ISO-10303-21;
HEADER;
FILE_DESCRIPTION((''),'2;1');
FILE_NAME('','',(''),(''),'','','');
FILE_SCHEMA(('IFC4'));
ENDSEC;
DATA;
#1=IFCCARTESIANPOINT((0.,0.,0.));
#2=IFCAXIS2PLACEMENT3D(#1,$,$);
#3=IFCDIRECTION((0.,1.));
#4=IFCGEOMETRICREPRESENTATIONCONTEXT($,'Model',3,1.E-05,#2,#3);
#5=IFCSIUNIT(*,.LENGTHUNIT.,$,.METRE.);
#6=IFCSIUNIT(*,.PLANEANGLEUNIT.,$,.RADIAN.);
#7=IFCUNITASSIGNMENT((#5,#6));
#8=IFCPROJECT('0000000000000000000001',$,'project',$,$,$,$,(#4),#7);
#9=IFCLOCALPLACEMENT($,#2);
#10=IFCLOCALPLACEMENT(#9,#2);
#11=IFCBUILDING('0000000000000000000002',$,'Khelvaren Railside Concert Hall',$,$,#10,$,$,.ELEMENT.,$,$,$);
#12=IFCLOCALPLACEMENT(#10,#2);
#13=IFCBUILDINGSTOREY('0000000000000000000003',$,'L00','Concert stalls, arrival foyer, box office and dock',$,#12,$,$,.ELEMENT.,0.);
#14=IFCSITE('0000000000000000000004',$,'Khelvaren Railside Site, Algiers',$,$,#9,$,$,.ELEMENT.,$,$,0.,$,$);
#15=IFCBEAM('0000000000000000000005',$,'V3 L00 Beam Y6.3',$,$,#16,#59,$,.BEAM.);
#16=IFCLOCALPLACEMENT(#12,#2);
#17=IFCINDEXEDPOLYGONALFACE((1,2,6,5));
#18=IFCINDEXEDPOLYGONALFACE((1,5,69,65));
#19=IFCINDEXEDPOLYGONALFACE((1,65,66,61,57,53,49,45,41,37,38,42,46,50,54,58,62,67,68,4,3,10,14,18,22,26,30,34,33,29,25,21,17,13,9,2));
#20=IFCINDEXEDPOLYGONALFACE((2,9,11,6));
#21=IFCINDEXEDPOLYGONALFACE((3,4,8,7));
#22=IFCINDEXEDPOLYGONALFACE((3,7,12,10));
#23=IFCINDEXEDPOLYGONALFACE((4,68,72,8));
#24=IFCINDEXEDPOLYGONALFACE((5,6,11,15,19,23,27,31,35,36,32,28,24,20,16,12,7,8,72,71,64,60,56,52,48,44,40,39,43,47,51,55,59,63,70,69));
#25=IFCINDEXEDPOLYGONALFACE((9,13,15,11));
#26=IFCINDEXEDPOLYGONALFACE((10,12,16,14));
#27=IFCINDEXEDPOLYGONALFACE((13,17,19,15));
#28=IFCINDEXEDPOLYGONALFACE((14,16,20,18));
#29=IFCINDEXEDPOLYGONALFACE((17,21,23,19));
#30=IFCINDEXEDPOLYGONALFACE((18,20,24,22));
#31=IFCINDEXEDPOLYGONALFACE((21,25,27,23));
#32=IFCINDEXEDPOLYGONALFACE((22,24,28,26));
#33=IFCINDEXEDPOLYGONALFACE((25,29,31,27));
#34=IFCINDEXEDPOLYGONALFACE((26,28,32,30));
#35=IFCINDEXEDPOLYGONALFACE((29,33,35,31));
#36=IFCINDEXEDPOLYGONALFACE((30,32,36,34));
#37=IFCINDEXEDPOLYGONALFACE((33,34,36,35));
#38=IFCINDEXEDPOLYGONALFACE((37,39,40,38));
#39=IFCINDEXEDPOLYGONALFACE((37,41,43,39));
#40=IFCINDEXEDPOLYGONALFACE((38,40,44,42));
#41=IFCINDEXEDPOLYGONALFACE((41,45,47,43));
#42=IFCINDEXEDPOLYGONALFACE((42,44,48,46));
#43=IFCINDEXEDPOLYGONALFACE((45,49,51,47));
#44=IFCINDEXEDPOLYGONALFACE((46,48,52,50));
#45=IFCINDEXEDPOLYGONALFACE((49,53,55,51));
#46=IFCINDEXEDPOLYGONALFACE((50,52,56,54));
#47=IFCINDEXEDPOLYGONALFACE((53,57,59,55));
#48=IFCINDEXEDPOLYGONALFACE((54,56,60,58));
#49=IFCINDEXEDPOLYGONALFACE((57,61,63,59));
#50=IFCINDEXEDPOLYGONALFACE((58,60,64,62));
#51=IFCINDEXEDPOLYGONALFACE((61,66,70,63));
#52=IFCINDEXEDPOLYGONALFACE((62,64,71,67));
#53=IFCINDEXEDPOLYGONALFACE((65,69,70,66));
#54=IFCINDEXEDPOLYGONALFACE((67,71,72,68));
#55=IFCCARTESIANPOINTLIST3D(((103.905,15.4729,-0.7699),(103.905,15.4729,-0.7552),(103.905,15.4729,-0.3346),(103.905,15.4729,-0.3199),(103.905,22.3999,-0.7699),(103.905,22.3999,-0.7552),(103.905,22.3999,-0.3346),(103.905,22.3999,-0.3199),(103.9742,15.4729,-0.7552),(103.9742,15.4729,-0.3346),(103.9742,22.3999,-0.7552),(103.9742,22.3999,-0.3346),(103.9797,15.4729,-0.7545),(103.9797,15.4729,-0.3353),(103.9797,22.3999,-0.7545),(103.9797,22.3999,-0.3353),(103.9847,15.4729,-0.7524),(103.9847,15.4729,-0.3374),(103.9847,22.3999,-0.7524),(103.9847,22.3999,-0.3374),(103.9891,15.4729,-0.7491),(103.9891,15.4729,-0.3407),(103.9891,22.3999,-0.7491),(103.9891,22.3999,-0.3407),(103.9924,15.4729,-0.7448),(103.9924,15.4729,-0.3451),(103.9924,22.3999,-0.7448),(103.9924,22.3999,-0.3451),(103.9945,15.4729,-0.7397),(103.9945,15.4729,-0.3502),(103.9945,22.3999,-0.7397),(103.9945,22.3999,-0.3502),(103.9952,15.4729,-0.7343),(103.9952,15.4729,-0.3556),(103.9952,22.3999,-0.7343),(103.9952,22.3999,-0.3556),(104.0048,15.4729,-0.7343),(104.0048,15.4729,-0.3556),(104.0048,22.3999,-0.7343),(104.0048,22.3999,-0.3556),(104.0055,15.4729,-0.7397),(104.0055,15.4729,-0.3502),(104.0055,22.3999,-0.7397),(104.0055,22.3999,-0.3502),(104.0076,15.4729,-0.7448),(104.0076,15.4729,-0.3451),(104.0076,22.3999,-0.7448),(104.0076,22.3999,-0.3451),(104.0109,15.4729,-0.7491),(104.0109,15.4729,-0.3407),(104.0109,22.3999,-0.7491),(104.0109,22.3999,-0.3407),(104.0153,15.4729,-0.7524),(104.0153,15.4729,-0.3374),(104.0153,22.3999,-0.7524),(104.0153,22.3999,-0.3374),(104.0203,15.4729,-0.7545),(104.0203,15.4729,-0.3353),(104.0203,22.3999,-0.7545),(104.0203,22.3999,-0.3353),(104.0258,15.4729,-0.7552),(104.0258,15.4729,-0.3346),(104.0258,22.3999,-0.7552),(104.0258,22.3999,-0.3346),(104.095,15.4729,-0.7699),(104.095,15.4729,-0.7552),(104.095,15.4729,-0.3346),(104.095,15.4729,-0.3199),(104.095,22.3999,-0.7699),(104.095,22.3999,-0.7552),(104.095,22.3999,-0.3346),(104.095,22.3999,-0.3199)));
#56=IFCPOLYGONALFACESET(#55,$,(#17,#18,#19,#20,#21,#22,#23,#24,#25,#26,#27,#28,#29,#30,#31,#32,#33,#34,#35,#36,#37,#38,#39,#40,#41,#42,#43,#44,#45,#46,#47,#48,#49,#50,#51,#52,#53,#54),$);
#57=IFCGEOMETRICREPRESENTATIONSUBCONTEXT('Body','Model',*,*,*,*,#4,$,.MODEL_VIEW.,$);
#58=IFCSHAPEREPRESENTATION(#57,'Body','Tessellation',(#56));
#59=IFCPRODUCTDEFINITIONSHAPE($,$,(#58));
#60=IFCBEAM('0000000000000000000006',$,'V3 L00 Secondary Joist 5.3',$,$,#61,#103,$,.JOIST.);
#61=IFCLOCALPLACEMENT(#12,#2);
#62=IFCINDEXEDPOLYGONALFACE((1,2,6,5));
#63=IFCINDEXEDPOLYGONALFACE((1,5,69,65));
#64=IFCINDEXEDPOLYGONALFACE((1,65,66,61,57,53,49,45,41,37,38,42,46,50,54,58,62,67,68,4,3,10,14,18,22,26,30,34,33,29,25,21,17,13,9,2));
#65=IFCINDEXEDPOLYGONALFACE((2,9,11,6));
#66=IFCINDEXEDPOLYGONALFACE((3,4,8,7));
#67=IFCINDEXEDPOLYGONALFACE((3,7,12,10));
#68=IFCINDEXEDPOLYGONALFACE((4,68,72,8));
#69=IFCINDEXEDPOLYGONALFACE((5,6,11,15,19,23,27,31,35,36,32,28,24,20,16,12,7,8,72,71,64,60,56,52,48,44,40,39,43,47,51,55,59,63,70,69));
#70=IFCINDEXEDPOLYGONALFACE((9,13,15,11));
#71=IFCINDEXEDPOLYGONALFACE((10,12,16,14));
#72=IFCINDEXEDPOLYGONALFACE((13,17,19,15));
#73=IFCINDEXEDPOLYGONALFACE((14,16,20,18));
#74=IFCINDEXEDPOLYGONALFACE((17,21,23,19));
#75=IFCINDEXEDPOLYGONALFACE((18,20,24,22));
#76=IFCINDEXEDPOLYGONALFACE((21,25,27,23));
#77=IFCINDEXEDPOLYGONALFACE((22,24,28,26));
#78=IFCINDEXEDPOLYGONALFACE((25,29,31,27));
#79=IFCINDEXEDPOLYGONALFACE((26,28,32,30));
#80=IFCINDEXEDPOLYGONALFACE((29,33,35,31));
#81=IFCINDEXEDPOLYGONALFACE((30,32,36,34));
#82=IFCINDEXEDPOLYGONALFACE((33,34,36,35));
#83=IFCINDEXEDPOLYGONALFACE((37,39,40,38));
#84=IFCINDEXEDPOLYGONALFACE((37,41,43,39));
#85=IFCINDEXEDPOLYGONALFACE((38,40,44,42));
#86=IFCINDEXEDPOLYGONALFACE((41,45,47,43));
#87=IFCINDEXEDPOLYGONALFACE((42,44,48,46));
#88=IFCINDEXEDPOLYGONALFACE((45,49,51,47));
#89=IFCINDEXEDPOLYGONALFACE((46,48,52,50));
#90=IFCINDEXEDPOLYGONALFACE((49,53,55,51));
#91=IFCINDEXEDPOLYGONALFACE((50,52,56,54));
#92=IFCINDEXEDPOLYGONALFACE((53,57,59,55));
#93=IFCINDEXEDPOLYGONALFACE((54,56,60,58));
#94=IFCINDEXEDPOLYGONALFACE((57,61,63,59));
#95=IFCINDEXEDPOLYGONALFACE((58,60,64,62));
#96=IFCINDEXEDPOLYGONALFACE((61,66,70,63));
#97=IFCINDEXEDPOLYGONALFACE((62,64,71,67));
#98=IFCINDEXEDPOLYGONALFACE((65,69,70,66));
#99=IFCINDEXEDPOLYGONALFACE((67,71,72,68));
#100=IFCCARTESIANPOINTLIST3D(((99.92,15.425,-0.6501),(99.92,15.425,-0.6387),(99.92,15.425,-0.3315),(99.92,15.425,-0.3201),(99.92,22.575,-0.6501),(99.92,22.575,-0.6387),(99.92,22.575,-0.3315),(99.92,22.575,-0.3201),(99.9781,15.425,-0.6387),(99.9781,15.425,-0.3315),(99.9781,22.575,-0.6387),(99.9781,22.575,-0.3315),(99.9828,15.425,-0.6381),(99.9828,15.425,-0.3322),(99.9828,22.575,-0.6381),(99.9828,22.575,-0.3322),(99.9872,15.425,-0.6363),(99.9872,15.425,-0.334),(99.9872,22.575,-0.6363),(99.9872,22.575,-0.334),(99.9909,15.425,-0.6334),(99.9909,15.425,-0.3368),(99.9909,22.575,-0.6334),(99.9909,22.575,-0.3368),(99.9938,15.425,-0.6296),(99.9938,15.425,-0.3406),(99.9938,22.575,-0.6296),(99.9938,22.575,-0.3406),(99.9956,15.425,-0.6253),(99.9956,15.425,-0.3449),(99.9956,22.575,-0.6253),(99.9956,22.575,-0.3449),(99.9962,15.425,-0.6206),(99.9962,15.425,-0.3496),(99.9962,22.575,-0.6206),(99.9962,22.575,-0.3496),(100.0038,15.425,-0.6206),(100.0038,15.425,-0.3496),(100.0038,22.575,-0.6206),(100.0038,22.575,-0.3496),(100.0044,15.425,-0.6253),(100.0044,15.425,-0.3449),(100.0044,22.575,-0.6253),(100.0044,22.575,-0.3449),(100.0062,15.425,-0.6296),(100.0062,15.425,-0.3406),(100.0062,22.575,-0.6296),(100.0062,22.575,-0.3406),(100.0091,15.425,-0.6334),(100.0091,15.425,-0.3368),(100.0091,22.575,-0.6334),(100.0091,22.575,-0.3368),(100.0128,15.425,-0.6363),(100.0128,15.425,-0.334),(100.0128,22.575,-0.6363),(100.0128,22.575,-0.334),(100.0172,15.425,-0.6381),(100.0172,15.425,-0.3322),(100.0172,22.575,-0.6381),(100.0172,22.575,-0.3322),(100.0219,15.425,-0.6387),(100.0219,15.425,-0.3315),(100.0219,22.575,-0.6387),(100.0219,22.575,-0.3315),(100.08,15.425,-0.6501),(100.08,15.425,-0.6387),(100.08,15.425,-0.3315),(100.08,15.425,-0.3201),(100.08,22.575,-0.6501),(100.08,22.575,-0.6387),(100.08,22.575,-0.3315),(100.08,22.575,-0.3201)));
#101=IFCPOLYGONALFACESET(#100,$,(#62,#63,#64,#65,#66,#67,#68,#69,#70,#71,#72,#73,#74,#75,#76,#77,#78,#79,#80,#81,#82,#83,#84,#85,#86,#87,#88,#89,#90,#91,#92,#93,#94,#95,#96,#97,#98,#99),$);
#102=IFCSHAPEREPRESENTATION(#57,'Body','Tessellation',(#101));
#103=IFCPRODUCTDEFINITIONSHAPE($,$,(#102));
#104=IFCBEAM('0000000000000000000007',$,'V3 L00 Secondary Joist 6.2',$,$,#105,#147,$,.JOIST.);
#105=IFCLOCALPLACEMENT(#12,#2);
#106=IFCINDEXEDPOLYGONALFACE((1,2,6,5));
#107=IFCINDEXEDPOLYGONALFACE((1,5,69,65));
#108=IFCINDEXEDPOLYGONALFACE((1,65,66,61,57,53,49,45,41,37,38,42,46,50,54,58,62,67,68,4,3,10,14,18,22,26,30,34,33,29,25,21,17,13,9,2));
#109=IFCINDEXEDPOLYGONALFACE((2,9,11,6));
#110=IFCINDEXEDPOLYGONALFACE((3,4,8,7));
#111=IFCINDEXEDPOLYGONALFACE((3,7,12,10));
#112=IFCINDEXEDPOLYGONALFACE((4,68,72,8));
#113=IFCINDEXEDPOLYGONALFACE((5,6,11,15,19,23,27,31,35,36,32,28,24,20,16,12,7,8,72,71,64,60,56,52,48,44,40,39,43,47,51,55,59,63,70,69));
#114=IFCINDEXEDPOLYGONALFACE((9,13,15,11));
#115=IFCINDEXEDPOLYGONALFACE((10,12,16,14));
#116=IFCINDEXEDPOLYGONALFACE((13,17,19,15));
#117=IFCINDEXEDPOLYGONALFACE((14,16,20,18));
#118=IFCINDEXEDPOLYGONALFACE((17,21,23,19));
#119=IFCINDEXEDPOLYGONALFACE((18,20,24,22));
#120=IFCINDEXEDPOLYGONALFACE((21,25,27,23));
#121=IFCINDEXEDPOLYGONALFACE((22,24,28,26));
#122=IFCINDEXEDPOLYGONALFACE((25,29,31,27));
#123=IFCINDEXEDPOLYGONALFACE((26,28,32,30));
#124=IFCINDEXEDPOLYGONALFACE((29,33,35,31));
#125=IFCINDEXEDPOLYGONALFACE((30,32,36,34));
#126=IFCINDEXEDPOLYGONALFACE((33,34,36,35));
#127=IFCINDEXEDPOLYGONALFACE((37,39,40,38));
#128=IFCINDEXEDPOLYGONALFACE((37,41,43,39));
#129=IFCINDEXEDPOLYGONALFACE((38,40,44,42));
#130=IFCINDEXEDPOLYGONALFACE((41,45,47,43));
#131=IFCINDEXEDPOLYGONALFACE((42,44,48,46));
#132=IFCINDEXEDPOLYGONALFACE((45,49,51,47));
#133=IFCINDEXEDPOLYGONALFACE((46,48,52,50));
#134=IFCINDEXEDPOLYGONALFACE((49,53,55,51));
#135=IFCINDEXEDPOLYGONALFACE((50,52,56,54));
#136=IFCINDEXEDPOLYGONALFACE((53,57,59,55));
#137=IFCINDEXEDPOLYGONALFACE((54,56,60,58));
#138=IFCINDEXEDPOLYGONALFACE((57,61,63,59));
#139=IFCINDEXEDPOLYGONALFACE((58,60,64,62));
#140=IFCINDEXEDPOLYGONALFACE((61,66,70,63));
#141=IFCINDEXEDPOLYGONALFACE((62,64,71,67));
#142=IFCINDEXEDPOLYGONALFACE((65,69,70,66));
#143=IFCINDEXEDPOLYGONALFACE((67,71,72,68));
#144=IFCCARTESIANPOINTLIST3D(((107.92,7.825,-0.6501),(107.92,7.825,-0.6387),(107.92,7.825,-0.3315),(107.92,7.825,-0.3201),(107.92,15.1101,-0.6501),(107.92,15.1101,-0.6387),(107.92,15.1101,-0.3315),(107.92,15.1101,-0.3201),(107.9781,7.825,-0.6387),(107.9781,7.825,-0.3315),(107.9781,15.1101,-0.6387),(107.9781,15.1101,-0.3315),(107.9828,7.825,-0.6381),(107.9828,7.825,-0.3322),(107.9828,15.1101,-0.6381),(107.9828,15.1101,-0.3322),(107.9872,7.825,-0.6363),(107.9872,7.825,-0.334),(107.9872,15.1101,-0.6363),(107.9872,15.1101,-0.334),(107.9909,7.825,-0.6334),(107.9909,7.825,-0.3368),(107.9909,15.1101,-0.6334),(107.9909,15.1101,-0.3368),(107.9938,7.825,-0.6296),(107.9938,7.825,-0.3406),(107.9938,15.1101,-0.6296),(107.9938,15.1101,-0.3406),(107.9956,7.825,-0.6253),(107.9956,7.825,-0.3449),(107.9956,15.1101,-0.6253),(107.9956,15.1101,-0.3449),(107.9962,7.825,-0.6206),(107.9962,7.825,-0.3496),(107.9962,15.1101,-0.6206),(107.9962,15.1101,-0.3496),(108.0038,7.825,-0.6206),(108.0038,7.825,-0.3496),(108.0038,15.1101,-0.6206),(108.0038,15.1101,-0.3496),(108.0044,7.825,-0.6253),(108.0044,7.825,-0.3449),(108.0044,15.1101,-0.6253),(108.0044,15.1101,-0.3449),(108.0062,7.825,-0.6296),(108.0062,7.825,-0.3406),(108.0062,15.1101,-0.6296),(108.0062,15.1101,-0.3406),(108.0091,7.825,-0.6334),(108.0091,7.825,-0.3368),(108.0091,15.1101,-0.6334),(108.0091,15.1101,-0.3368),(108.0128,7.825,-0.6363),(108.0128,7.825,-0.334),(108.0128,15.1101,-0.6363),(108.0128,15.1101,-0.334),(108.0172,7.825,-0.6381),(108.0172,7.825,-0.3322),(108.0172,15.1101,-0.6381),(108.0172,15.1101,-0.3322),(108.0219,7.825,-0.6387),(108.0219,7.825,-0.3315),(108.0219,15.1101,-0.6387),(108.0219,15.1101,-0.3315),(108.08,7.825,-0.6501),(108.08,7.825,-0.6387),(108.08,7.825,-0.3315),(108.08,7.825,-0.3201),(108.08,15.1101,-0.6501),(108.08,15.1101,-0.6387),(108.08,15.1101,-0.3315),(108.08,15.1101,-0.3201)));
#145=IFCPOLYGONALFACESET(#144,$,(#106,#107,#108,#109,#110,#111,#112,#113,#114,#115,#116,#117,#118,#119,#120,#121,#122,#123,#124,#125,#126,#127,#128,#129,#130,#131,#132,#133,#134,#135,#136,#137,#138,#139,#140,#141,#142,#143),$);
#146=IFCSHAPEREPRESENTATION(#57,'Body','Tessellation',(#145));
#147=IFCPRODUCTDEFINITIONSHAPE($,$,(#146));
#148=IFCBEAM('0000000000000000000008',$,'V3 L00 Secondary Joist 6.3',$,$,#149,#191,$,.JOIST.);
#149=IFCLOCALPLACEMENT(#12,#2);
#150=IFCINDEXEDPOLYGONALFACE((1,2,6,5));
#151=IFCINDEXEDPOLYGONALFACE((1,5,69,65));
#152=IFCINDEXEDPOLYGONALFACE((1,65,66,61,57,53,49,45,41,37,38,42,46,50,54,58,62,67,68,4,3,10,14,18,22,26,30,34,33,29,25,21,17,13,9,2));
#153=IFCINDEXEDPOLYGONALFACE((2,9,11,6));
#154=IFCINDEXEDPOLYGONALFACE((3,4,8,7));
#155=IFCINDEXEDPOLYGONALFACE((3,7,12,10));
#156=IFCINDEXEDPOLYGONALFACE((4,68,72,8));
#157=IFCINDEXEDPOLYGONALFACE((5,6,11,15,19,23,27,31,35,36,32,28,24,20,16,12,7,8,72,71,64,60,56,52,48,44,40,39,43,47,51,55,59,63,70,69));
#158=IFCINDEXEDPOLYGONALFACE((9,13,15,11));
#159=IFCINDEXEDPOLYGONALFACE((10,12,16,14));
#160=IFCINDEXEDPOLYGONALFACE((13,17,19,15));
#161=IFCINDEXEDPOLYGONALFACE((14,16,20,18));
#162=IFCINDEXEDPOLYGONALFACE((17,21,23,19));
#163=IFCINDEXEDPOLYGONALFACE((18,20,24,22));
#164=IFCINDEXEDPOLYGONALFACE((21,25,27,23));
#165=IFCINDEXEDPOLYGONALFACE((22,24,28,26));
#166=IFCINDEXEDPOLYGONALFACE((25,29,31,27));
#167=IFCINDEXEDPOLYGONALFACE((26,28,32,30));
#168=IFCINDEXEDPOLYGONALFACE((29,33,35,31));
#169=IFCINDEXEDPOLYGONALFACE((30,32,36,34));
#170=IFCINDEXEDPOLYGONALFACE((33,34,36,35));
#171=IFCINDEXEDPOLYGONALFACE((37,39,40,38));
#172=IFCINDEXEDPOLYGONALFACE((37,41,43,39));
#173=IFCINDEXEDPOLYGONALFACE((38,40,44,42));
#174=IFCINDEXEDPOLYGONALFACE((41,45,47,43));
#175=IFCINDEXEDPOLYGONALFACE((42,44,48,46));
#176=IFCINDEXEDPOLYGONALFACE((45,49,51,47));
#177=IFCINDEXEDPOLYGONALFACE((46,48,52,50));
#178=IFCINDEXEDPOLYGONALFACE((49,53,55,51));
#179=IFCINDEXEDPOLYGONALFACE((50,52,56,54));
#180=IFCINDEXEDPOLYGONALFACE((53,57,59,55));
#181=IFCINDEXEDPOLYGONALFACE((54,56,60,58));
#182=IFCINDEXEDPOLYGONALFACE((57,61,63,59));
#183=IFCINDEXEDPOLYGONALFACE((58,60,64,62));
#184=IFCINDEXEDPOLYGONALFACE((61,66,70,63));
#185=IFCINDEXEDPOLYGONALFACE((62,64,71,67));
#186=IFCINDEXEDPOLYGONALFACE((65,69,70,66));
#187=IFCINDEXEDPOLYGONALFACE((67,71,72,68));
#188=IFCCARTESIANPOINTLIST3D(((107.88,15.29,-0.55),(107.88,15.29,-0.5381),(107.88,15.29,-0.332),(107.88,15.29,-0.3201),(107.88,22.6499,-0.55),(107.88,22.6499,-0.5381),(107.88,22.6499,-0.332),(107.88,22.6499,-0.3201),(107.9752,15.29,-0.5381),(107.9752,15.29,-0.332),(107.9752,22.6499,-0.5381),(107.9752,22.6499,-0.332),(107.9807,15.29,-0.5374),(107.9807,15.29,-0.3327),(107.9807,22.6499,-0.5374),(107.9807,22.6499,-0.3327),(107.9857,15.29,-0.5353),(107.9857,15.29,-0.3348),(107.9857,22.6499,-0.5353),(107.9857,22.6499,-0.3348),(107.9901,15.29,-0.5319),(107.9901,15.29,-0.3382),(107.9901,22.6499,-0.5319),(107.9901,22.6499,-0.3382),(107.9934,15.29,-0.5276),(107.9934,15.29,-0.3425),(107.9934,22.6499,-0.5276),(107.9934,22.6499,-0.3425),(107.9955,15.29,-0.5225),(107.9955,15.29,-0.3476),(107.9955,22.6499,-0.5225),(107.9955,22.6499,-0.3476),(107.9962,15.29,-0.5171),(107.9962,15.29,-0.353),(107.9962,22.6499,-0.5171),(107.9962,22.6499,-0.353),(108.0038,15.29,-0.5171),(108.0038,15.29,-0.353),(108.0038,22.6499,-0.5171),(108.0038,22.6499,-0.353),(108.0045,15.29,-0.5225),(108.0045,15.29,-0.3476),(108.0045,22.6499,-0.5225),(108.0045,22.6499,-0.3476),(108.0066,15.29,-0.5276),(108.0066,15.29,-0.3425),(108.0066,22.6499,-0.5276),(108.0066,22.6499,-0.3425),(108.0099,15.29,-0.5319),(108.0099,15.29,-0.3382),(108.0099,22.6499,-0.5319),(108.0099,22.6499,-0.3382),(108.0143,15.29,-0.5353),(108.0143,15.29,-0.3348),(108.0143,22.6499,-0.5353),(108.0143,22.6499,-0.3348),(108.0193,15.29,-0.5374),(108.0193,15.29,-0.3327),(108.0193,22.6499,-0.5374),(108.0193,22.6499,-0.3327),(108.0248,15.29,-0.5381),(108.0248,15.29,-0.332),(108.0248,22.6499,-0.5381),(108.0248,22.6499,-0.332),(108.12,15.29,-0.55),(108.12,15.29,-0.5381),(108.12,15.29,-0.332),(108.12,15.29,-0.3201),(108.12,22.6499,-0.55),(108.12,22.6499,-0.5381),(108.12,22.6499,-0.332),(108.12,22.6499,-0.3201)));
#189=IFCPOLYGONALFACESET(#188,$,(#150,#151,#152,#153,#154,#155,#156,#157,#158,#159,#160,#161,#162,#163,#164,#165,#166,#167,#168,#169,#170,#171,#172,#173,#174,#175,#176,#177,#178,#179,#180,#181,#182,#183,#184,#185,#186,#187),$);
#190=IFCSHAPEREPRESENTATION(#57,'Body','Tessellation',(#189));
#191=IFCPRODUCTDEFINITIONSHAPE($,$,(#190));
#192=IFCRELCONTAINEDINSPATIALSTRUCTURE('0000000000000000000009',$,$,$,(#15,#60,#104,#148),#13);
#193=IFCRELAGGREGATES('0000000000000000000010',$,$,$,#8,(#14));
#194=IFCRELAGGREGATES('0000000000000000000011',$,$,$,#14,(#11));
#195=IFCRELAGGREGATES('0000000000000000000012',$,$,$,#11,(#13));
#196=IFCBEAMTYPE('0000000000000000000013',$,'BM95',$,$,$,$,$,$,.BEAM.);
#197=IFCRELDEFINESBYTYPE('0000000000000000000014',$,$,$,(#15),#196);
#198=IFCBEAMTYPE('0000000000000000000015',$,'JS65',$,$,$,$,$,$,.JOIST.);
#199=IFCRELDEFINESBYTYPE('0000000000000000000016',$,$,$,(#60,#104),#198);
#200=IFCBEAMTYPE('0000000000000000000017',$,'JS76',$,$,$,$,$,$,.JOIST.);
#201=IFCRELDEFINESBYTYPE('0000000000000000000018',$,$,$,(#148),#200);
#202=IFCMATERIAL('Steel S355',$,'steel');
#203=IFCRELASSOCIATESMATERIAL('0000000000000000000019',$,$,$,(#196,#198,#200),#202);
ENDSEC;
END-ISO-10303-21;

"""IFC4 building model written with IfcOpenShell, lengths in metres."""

from ifc_helpers import new_model, si_unit, direction, frame, origin, origin_2d, place, context, subcontext, project, spatial, i_section, extrude, material, material_profile, profile_set, type_object, element, save


model = new_model("IFC4")

# Units and contexts
model_context = context("Model", 3, precision=1e-05, world=origin(), true_north=direction((0.0, 1.0)))
body_context = subcontext(model_context, "Body", "Model", "MODEL_VIEW")
ifc_project = project(units=[si_unit("LENGTHUNIT", "METRE"), si_unit("PLANEANGLEUNIT", "RADIAN")], contexts=[model_context])

# Site, building, storey
site_placement = place(None, origin())
site = spatial("IfcSite", under=ifc_project, at=site_placement, Name="Khelvaren Railside Site, Algiers", CompositionType="ELEMENT", RefElevation=0.0)
building_placement = place(site_placement, origin())
building = spatial("IfcBuilding", under=site, at=building_placement, Name="Khelvaren Railside Concert Hall", CompositionType="ELEMENT")
storey_placement = place(building_placement, origin())
storey = spatial("IfcBuildingStorey", under=building, at=storey_placement, Name="L00", Description="Concert stalls, arrival foyer, box office and dock", CompositionType="ELEMENT", Elevation=0.0)

# Beams
ifc_material_1 = material(Name="Steel S355", Category="steel")
ifc_material_profile_1 = material_profile(ifc_material_1, i_section(OverallWidth=0.1899, OverallDepth=0.45, WebThickness=0.0095, FlangeThickness=0.0146, FilletRadius=0.021, at=origin_2d()), Name="IPE 450")
ifc_profile_set_1 = profile_set([ifc_material_profile_1], Name="Steel S355")
beam_type_1 = type_object("IfcBeamType", Name="BM95", PredefinedType="BEAM", material=ifc_profile_set_1)
beam_1_placement = place(storey_placement, frame((104.0, 15.4729, -0.5449), z_axis=(0.0, 1.0, 0.0), x_axis=(-1.0, 0.0, 0.0)))
element("IfcBeam", 1, at=beam_1_placement, inside=storey, type_object=beam_type_1, Name="V3 L00 Beam Y6.3", PredefinedType="BEAM", context=body_context, shape_type="SweptSolid", body=[
    extrude(i_section(OverallWidth=0.1899, OverallDepth=0.45, WebThickness=0.0095, FlangeThickness=0.0146, FilletRadius=0.021, at=origin_2d()), origin(), (0.0, 0.0, 1.0), 6.927),
])
ifc_material_profile_2 = material_profile(ifc_material_1, i_section(OverallWidth=0.1599, OverallDepth=0.3301, WebThickness=0.0076, FlangeThickness=0.0115, FilletRadius=0.0181, at=origin_2d()), Name="IPE 330")
ifc_profile_set_2 = profile_set([ifc_material_profile_2], Name="Steel S355")
beam_type_2 = type_object("IfcBeamType", Name="JS65", PredefinedType="JOIST", material=ifc_profile_set_2)
beam_2_placement = place(storey_placement, frame((100.0, 15.425, -0.4851), z_axis=(0.0, 1.0, 0.0), x_axis=(-1.0, 0.0, 0.0)))
element("IfcBeam", 2, at=beam_2_placement, inside=storey, type_object=beam_type_2, Name="V3 L00 Secondary Joist 5.3", PredefinedType="JOIST", context=body_context, shape_type="SweptSolid", body=[
    extrude(i_section(OverallWidth=0.1599, OverallDepth=0.3301, WebThickness=0.0076, FlangeThickness=0.0115, FilletRadius=0.0181, at=origin_2d()), origin(), (0.0, 0.0, 1.0), 7.1499),
])
beam_3_placement = place(storey_placement, frame((108.0, 7.825, -0.4851), z_axis=(0.0, 1.0, 0.0), x_axis=(-1.0, 0.0, 0.0)))
element("IfcBeam", 3, at=beam_3_placement, inside=storey, type_object=beam_type_2, Name="V3 L00 Secondary Joist 6.2", PredefinedType="JOIST", context=body_context, shape_type="SweptSolid", body=[
    extrude(i_section(OverallWidth=0.1599, OverallDepth=0.3301, WebThickness=0.0076, FlangeThickness=0.0115, FilletRadius=0.0181, at=origin_2d()), origin(), (0.0, 0.0, 1.0), 7.2852),
])
ifc_material_profile_3 = material_profile(ifc_material_1, i_section(OverallWidth=0.24, OverallDepth=0.23, WebThickness=0.0076, FlangeThickness=0.012, FilletRadius=0.021, at=origin_2d()), Name="HEA 240")
ifc_profile_set_3 = profile_set([ifc_material_profile_3], Name="Steel S355")
beam_type_3 = type_object("IfcBeamType", Name="JS76", PredefinedType="JOIST", material=ifc_profile_set_3)
beam_4_placement = place(storey_placement, frame((108.0, 15.29, -0.4351), z_axis=(0.0, 1.0, 0.0), x_axis=(-1.0, 0.0, 0.0)))
element("IfcBeam", 4, at=beam_4_placement, inside=storey, type_object=beam_type_3, Name="V3 L00 Secondary Joist 6.3", PredefinedType="JOIST", context=body_context, shape_type="SweptSolid", body=[
    extrude(i_section(OverallWidth=0.24, OverallDepth=0.23, WebThickness=0.0076, FlangeThickness=0.012, FilletRadius=0.021, at=origin_2d()), origin(), (0.0, 0.0, 1.0), 7.3599),
])

save(model, "model.ifc")
